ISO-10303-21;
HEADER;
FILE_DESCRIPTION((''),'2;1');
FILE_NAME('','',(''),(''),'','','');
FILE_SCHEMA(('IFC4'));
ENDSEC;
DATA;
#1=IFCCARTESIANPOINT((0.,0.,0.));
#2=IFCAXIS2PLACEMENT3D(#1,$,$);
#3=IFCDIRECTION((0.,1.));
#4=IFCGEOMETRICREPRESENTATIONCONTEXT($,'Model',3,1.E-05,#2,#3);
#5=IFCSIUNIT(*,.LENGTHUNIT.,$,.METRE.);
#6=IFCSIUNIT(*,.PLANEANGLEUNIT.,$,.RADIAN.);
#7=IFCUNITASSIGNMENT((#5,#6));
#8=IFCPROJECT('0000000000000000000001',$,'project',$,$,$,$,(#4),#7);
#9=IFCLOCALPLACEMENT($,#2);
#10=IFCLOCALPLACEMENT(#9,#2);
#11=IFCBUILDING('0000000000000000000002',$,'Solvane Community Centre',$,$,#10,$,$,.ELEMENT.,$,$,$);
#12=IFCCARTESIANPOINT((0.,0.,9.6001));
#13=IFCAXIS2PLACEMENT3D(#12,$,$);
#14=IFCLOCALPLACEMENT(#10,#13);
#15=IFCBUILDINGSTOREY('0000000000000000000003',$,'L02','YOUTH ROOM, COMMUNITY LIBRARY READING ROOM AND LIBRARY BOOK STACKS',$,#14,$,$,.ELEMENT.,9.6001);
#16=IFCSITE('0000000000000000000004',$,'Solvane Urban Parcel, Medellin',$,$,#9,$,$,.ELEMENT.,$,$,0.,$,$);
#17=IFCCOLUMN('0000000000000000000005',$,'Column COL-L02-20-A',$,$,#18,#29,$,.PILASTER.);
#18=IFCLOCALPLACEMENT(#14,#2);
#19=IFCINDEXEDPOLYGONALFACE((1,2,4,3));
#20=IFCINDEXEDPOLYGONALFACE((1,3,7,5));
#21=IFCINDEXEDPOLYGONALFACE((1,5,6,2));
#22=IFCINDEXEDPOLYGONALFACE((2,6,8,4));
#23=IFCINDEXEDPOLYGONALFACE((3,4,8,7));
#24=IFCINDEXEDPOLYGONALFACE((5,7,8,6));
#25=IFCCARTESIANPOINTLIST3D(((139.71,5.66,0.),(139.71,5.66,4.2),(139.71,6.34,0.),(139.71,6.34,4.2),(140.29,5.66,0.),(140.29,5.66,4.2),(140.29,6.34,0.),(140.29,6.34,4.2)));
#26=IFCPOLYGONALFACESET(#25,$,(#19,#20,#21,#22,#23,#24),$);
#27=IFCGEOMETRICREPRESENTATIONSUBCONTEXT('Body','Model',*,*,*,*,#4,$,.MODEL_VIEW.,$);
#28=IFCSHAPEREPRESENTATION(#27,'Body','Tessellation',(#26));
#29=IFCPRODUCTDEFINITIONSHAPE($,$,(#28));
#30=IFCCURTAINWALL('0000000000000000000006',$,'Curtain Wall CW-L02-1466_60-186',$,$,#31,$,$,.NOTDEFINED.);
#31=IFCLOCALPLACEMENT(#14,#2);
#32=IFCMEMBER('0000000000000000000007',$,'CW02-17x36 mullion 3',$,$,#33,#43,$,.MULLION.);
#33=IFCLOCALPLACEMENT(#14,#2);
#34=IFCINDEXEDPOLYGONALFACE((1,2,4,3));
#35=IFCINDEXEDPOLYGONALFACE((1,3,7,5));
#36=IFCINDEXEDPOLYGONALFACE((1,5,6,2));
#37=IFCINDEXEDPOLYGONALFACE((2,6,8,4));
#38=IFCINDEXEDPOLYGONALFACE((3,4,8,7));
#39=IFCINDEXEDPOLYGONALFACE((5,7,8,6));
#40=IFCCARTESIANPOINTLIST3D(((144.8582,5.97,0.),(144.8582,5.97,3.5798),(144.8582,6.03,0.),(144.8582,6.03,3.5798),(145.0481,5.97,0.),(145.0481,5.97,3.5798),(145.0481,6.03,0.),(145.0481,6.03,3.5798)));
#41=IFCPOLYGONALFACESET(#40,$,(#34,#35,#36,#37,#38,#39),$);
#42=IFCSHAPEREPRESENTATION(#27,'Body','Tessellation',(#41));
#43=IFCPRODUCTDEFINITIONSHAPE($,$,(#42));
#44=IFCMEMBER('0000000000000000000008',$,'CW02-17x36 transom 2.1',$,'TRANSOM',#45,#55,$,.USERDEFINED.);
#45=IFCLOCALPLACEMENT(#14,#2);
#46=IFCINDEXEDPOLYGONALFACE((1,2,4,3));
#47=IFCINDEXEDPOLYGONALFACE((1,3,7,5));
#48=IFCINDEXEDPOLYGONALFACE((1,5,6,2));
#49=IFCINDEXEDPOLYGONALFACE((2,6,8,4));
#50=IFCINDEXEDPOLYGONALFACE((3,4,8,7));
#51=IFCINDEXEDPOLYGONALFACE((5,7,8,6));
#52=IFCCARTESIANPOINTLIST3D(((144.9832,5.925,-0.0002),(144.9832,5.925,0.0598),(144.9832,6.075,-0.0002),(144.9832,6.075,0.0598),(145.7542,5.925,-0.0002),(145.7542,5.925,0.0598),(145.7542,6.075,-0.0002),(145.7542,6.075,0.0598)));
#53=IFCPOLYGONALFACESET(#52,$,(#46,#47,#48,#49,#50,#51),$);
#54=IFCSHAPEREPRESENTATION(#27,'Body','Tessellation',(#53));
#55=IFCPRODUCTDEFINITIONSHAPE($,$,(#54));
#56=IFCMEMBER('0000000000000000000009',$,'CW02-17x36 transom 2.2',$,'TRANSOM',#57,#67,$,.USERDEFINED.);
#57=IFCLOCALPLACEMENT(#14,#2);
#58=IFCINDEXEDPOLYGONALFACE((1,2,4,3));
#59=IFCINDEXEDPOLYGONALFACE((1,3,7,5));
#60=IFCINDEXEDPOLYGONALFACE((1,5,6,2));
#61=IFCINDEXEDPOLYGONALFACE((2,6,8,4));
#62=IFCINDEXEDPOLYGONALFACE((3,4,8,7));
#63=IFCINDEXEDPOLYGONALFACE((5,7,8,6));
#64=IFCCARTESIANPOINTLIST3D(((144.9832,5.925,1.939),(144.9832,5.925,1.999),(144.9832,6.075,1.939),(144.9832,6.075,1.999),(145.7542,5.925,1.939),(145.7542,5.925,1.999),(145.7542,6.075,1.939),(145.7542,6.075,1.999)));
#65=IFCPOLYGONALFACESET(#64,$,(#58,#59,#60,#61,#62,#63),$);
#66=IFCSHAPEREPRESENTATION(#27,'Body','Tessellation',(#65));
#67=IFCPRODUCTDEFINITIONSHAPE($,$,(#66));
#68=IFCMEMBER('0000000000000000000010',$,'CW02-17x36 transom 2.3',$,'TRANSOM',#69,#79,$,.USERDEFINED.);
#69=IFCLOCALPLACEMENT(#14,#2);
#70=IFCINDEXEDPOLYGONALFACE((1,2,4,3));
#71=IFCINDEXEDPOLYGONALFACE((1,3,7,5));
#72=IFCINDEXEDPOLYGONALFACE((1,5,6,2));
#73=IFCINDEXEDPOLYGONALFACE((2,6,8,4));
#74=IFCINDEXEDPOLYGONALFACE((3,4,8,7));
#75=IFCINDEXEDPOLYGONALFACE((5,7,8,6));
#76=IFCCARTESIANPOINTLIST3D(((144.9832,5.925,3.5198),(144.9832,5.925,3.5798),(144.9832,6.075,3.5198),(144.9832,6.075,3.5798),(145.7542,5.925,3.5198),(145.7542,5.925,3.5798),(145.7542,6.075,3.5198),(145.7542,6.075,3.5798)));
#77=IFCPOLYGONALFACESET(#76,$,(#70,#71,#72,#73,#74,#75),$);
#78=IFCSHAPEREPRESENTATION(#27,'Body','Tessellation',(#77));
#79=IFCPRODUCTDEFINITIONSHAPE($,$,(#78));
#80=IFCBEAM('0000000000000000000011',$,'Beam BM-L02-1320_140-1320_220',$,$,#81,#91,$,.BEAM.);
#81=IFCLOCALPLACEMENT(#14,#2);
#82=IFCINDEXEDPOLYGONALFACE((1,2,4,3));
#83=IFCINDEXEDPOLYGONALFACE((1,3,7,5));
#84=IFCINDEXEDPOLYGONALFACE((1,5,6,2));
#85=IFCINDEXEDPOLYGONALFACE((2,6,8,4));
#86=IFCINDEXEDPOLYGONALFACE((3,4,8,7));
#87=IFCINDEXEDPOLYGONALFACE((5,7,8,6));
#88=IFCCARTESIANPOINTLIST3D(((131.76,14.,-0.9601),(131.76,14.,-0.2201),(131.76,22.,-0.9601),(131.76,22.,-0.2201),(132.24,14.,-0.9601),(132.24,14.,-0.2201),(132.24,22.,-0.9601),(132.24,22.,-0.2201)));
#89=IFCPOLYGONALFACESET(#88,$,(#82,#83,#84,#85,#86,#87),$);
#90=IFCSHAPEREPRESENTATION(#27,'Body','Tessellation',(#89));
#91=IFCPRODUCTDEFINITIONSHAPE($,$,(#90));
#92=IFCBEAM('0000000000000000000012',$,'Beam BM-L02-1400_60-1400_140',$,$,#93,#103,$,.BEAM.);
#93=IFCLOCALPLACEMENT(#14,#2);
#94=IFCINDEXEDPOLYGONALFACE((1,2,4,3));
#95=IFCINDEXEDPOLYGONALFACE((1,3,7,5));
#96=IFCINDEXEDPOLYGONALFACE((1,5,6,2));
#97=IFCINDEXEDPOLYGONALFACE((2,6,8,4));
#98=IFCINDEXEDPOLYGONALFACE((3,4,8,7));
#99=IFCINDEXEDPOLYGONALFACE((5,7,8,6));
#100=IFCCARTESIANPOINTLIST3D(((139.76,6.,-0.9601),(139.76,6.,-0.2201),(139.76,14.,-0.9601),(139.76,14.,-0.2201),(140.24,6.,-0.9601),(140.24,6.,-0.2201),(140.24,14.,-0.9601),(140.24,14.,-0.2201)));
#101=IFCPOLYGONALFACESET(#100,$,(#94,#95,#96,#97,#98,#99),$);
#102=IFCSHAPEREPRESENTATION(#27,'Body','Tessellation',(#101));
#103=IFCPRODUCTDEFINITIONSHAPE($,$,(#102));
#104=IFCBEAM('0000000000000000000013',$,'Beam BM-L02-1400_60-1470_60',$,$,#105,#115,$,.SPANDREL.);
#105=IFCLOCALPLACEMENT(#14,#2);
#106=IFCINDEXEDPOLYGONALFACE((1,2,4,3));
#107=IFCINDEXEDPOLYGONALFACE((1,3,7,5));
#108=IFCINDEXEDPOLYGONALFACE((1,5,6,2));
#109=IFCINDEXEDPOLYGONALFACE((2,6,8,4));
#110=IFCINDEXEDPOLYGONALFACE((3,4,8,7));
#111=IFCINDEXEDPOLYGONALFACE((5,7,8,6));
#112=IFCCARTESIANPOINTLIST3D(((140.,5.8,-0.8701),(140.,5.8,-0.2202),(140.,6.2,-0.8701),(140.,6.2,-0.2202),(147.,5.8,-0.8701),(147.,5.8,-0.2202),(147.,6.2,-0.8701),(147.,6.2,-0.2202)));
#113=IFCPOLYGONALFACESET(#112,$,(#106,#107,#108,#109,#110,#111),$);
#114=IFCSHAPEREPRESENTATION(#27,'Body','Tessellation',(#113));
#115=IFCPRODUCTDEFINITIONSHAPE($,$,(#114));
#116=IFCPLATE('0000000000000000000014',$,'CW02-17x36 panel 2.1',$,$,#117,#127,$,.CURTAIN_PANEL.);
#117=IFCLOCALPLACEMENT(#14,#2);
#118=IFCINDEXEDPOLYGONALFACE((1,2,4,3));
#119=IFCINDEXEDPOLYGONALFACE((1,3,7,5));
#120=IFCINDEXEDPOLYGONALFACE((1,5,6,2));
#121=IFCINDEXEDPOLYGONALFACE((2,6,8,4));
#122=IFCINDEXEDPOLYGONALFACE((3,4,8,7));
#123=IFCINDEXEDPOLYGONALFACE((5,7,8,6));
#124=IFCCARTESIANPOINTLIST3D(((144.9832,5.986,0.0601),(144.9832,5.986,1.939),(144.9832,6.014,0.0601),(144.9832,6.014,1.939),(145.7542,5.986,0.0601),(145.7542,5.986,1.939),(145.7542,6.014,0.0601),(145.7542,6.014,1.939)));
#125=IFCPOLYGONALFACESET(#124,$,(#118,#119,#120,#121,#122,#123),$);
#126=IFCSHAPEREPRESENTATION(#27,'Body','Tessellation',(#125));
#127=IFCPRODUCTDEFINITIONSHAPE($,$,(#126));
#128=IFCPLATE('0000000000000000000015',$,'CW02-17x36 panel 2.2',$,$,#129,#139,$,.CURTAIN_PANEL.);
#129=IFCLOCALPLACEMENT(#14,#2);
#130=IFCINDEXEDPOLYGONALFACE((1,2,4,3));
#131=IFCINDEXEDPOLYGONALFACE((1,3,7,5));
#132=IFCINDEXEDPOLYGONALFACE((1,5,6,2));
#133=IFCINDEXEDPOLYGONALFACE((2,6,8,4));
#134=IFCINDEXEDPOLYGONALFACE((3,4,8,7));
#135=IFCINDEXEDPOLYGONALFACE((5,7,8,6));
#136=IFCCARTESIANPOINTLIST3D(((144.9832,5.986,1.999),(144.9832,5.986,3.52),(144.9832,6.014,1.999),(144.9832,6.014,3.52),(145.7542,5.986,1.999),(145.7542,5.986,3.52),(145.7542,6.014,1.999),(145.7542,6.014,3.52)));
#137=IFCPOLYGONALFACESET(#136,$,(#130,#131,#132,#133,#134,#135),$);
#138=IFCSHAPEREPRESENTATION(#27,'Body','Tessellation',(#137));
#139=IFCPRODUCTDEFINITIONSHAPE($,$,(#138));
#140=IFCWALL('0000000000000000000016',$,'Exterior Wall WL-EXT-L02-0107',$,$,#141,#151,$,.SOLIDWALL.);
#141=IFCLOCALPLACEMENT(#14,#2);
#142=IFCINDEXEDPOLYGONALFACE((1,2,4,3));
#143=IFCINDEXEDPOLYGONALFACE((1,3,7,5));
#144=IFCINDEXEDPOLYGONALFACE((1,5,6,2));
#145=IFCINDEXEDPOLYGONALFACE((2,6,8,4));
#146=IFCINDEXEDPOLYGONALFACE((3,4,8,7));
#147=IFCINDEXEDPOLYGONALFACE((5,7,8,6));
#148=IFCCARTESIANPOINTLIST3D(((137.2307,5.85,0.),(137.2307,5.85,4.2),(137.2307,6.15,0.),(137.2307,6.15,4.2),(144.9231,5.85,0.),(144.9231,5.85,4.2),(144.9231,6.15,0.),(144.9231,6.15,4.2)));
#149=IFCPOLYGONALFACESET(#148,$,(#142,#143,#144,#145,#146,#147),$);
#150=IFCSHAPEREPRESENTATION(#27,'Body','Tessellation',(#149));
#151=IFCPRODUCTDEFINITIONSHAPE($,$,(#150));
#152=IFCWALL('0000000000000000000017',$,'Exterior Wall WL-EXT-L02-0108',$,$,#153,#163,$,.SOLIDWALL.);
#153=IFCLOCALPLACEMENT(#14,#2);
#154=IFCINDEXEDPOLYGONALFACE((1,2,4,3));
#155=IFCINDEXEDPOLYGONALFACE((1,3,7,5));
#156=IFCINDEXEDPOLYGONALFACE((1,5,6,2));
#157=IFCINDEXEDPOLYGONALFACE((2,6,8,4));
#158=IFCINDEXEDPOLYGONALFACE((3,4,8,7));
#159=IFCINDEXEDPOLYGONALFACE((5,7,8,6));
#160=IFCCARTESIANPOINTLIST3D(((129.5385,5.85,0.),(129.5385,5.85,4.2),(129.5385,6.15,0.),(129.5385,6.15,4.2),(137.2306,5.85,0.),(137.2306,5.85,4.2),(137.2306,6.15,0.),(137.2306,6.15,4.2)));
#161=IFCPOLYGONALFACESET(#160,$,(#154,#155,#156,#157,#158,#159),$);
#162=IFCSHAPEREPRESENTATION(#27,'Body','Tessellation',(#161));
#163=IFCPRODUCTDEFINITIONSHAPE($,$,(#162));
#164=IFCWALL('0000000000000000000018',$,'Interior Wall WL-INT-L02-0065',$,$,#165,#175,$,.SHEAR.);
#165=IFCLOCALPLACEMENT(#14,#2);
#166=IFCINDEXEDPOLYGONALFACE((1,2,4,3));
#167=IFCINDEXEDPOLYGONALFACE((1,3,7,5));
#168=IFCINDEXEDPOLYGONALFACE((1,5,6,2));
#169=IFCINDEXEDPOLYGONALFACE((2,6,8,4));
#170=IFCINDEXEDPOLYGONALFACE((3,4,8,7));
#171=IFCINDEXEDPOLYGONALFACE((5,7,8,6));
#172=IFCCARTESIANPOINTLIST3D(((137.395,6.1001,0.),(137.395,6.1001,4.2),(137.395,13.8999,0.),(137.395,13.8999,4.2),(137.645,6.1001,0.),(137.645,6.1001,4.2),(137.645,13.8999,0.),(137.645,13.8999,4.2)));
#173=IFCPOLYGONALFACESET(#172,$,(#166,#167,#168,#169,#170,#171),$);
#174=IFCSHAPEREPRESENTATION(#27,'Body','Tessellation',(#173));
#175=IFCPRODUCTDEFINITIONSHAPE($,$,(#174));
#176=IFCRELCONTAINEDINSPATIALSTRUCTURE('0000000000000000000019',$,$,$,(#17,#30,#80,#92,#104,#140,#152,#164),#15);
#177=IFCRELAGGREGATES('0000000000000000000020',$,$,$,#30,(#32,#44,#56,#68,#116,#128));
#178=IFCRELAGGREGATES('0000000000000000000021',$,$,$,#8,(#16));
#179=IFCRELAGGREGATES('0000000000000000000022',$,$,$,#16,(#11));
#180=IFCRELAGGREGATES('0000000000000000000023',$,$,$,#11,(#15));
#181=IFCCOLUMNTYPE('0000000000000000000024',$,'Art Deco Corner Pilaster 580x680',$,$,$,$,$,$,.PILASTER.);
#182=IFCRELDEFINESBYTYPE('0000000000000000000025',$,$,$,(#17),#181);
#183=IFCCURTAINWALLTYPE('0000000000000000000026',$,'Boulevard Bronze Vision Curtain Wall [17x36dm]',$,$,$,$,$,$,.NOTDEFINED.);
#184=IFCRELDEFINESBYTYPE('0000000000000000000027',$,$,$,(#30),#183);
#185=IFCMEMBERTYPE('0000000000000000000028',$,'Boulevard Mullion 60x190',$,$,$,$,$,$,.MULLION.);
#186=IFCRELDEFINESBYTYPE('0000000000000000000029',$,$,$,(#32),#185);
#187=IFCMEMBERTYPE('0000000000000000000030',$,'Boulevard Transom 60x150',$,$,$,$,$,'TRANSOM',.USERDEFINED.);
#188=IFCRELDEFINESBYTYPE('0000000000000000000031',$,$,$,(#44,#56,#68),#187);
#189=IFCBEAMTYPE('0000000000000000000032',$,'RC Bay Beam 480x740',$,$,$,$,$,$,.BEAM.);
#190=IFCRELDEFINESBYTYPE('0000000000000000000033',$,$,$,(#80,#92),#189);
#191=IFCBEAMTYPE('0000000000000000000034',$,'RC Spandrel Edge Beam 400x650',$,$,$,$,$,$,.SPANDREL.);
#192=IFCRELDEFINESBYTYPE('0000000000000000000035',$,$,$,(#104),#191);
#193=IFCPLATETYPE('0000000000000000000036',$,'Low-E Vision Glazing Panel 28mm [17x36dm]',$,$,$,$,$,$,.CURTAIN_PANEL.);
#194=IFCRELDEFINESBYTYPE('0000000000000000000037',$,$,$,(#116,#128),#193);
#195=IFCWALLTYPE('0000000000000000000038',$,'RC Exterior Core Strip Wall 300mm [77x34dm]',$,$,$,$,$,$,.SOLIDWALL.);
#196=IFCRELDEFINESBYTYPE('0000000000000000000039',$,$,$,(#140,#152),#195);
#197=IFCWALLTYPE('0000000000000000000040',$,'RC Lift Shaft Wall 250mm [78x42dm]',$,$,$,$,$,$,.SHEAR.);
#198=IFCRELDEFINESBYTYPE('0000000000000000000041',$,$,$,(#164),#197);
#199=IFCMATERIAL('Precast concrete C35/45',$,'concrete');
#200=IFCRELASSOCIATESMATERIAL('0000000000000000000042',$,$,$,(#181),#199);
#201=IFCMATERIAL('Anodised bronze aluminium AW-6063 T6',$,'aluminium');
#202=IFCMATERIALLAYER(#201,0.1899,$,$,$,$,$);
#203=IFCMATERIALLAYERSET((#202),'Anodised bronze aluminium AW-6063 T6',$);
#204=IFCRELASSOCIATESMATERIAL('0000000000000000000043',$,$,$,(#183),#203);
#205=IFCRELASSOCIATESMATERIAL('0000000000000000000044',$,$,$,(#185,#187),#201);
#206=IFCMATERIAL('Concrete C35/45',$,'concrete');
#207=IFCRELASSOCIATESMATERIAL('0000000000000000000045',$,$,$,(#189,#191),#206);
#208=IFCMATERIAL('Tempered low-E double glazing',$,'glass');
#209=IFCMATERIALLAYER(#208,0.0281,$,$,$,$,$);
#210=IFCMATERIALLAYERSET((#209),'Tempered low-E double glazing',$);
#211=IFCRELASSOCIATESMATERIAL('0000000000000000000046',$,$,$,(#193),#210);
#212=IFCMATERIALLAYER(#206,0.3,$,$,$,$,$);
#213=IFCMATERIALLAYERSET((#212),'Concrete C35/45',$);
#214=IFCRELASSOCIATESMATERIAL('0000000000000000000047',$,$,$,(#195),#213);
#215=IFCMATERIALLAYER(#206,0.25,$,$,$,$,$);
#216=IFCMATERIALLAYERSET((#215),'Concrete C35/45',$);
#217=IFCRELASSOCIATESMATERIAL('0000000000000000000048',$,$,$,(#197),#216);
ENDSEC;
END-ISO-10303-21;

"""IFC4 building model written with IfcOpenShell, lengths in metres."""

from ifc_helpers import new_model, si_unit, direction, frame, frame_2d, origin, origin_2d, place, context, subcontext, project, spatial, rectangle, extrude, material, layer, layer_set, material_profile, profile_set, type_object, element, aggregate, save


model = new_model("IFC4")

# Units and contexts
model_context = context("Model", 3, precision=1e-05, world=origin(), true_north=direction((0.0, 1.0)))
body_context = subcontext(model_context, "Body", "Model", "MODEL_VIEW")
ifc_project = project(units=[si_unit("LENGTHUNIT", "METRE"), si_unit("PLANEANGLEUNIT", "RADIAN")], contexts=[model_context])

# Site, building, storey
site_placement = place(None, origin())
site = spatial("IfcSite", under=ifc_project, at=site_placement, Name="Solvane Urban Parcel, Medellin", CompositionType="ELEMENT", RefElevation=0.0)
building_placement = place(site_placement, origin())
building = spatial("IfcBuilding", under=site, at=building_placement, Name="Solvane Community Centre", CompositionType="ELEMENT")
storey_placement = place(building_placement, frame((0.0, 0.0, 9.6001)))
storey = spatial("IfcBuildingStorey", under=building, at=storey_placement, Name="L02", Description="YOUTH ROOM, COMMUNITY LIBRARY READING ROOM AND LIBRARY BOOK STACKS", CompositionType="ELEMENT", Elevation=9.6001)

# Column
ifc_material_1 = material(Name="Precast concrete C35/45", Category="concrete")
ifc_material_profile_1 = material_profile(ifc_material_1, rectangle(XDim=0.5801, YDim=0.6799, at=origin_2d()), Name="RC 580x680")
ifc_profile_set_1 = profile_set([ifc_material_profile_1], Name="Precast concrete C35/45")
column_type = type_object("IfcColumnType", Name="Art Deco Corner Pilaster 580x680", PredefinedType="PILASTER", material=ifc_profile_set_1)
column_placement = place(storey_placement, frame((140.0, 6.0, 0.0), z_axis=(0.0, 0.0, 1.0), x_axis=(1.0, 0.0, 0.0)))
element("IfcColumn", 1, at=column_placement, inside=storey, type_object=column_type, Name="Column COL-L02-20-A", PredefinedType="PILASTER", context=body_context, shape_type="SweptSolid", body=[
    extrude(rectangle(XDim=0.5801, YDim=0.6799, at=origin_2d()), origin(), (0.0, 0.0, 1.0), 4.2),
])

# Curtain wall, members
ifc_material_2 = material(Name="Anodised bronze aluminium AW-6063 T6", Category="aluminium")
ifc_layer_1 = layer(ifc_material_2, 0.1899)
ifc_layer_set_1 = layer_set([ifc_layer_1], Name="Anodised bronze aluminium AW-6063 T6")
curtain_wall_type = type_object("IfcCurtainWallType", Name="Boulevard Bronze Vision Curtain Wall [17x36dm]", PredefinedType="NOTDEFINED", material=ifc_layer_set_1)
curtain_wall_placement = place(storey_placement, origin())
curtain_wall = element("IfcCurtainWall", 2, at=curtain_wall_placement, inside=storey, type_object=curtain_wall_type, Name="Curtain Wall CW-L02-1466_60-186", PredefinedType="NOTDEFINED")
ifc_material_profile_2 = material_profile(ifc_material_2, rectangle(XDim=0.0601, YDim=0.1899, at=origin_2d()), Name="CW-M 60x190")
ifc_profile_set_2 = profile_set([ifc_material_profile_2], Name="Anodised bronze aluminium AW-6063 T6")
member_type_1 = type_object("IfcMemberType", Name="Boulevard Mullion 60x190", PredefinedType="MULLION", material=ifc_profile_set_2)
member_1_placement = place(storey_placement, frame((144.9531, 6.0, 0.0), z_axis=(0.0, 0.0, 1.0), x_axis=(0.0, -1.0, 0.0)))
member_1 = element("IfcMember", 3, at=member_1_placement, type_object=member_type_1, Name="CW02-17x36 mullion 3", PredefinedType="MULLION", context=body_context, shape_type="SweptSolid", body=[
    extrude(rectangle(XDim=0.0601, YDim=0.1899, at=origin_2d()), origin(), (0.0, 0.0, 1.0), 3.5798),
])
ifc_material_profile_3 = material_profile(ifc_material_2, rectangle(XDim=0.1499, YDim=0.0601, at=origin_2d()), Name="CW-T 60x150")
ifc_profile_set_3 = profile_set([ifc_material_profile_3], Name="Anodised bronze aluminium AW-6063 T6")
member_type_2 = type_object("IfcMemberType", Name="Boulevard Transom 60x150", ElementType="TRANSOM", PredefinedType="USERDEFINED", material=ifc_profile_set_3)
member_2_placement = place(storey_placement, frame((145.7542, 6.0, 0.0298), z_axis=(-1.0, 0.0, 0.0), x_axis=(0.0, -1.0, 0.0)))
member_2 = element("IfcMember", 4, at=member_2_placement, type_object=member_type_2, Name="CW02-17x36 transom 2.1", ObjectType="TRANSOM", PredefinedType="USERDEFINED", context=body_context, shape_type="SweptSolid", body=[
    extrude(rectangle(XDim=0.1499, YDim=0.0601, at=origin_2d()), origin(), (0.0, 0.0, 1.0), 0.771),
])
member_3_placement = place(storey_placement, frame((145.7542, 6.0, 1.969), z_axis=(-1.0, 0.0, 0.0), x_axis=(0.0, -1.0, 0.0)))
member_3 = element("IfcMember", 5, at=member_3_placement, type_object=member_type_2, Name="CW02-17x36 transom 2.2", ObjectType="TRANSOM", PredefinedType="USERDEFINED", context=body_context, shape_type="SweptSolid", body=[
    extrude(rectangle(XDim=0.1499, YDim=0.0601, at=origin_2d()), origin(), (0.0, 0.0, 1.0), 0.771),
])
member_4_placement = place(storey_placement, frame((145.7542, 6.0, 3.5498), z_axis=(-1.0, 0.0, 0.0), x_axis=(0.0, -1.0, 0.0)))
member_4 = element("IfcMember", 6, at=member_4_placement, type_object=member_type_2, Name="CW02-17x36 transom 2.3", ObjectType="TRANSOM", PredefinedType="USERDEFINED", context=body_context, shape_type="SweptSolid", body=[
    extrude(rectangle(XDim=0.1499, YDim=0.0601, at=origin_2d()), origin(), (0.0, 0.0, 1.0), 0.771),
])

# Beams
ifc_material_3 = material(Name="Concrete C35/45", Category="concrete")
ifc_material_profile_4 = material_profile(ifc_material_3, rectangle(XDim=0.48, YDim=0.74, at=origin_2d()), Name="RC 480x740")
ifc_profile_set_4 = profile_set([ifc_material_profile_4], Name="Concrete C35/45")
beam_type_1 = type_object("IfcBeamType", Name="RC Bay Beam 480x740", PredefinedType="BEAM", material=ifc_profile_set_4)
for number, where, z_axis, x_axis, name in (
    (7, (132.0, 14.0, -0.5901), (0.0, 1.0, 0.0), (-1.0, 0.0, 0.0), "Beam BM-L02-1320_140-1320_220"),
    (8, (140.0, 6.0, -0.5901), (0.0, 1.0, 0.0), (-1.0, 0.0, 0.0), "Beam BM-L02-1400_60-1400_140"),
):
    element("IfcBeam", number, at=place(storey_placement, frame(where, z_axis=z_axis, x_axis=x_axis)), inside=storey, type_object=beam_type_1, Name=name, PredefinedType="BEAM", context=body_context, shape_type="SweptSolid", body=[
        extrude(rectangle(XDim=0.48, YDim=0.74, at=origin_2d()), origin(), (0.0, 0.0, 1.0), 8.0),
    ])
ifc_material_profile_5 = material_profile(ifc_material_3, rectangle(XDim=0.3999, YDim=0.6499, at=origin_2d()), Name="RC 400x650")
ifc_profile_set_5 = profile_set([ifc_material_profile_5], Name="Concrete C35/45")
beam_type_2 = type_object("IfcBeamType", Name="RC Spandrel Edge Beam 400x650", PredefinedType="SPANDREL", material=ifc_profile_set_5)
beam_placement = place(storey_placement, frame((140.0, 6.0, -0.5452), z_axis=(1.0, 0.0, 0.0), x_axis=(0.0, 1.0, 0.0)))
element("IfcBeam", 9, at=beam_placement, inside=storey, type_object=beam_type_2, Name="Beam BM-L02-1400_60-1470_60", PredefinedType="SPANDREL", context=body_context, shape_type="SweptSolid", body=[
    extrude(rectangle(XDim=0.3999, YDim=0.6499, at=origin_2d()), origin(), (0.0, 0.0, 1.0), 7.0),
])

# Plates
ifc_material_4 = material(Name="Tempered low-E double glazing", Category="glass")
ifc_layer_2 = layer(ifc_material_4, 0.0281)
ifc_layer_set_2 = layer_set([ifc_layer_2], Name="Tempered low-E double glazing")
plate_type = type_object("IfcPlateType", Name="Low-E Vision Glazing Panel 28mm [17x36dm]", PredefinedType="CURTAIN_PANEL", material=ifc_layer_set_2)
plate_1_placement = place(storey_placement, frame((145.3687, 6.0, 0.0601), z_axis=(0.0, 0.0, 1.0), x_axis=(-1.0, 0.0, 0.0)))
plate_1 = element("IfcPlate", 10, at=plate_1_placement, type_object=plate_type, Name="CW02-17x36 panel 2.1", PredefinedType="CURTAIN_PANEL", context=body_context, shape_type="SweptSolid", body=[
    extrude(rectangle(XDim=0.771, YDim=0.0281, at=origin_2d()), origin(), (0.0, 0.0, 1.0), 1.8789),
])
plate_2_placement = place(storey_placement, frame((145.3687, 6.0, 1.999), z_axis=(0.0, 0.0, 1.0), x_axis=(-1.0, 0.0, 0.0)))
plate_2 = element("IfcPlate", 11, at=plate_2_placement, type_object=plate_type, Name="CW02-17x36 panel 2.2", PredefinedType="CURTAIN_PANEL", context=body_context, shape_type="SweptSolid", body=[
    extrude(rectangle(XDim=0.771, YDim=0.0281, at=origin_2d()), origin(), (0.0, 0.0, 1.0), 1.521),
])
aggregate(curtain_wall, [member_1, member_2, member_3, member_4, plate_1, plate_2])

# Walls
ifc_layer_3 = layer(ifc_material_3, 0.3)
ifc_layer_set_3 = layer_set([ifc_layer_3], Name="Concrete C35/45")
wall_type_1 = type_object("IfcWallType", Name="RC Exterior Core Strip Wall 300mm [77x34dm]", PredefinedType="SOLIDWALL", material=ifc_layer_set_3)
wall_1_placement = place(storey_placement, frame((144.9231, 6.0, 0.0), z_axis=(0.0, 0.0, 1.0), x_axis=(-1.0, 0.0, 0.0)))
element("IfcWall", 12, at=wall_1_placement, inside=storey, type_object=wall_type_1, Name="Exterior Wall WL-EXT-L02-0107", PredefinedType="SOLIDWALL", context=body_context, shape_type="SweptSolid", body=[
    extrude(rectangle(XDim=7.6924, YDim=0.3, at=frame_2d((3.8462, 0.0))), origin(), (0.0, 0.0, 1.0), 4.2),
])
wall_2_placement = place(storey_placement, frame((137.2307, 6.0, 0.0), z_axis=(0.0, 0.0, 1.0), x_axis=(-1.0, 0.0, 0.0)))
element("IfcWall", 13, at=wall_2_placement, inside=storey, type_object=wall_type_1, Name="Exterior Wall WL-EXT-L02-0108", PredefinedType="SOLIDWALL", context=body_context, shape_type="SweptSolid", body=[
    extrude(rectangle(XDim=7.6921, YDim=0.3, at=frame_2d((3.8462, 0.0))), origin(), (0.0, 0.0, 1.0), 4.2),
])
ifc_layer_4 = layer(ifc_material_3, 0.25)
ifc_layer_set_4 = layer_set([ifc_layer_4], Name="Concrete C35/45")
wall_type_2 = type_object("IfcWallType", Name="RC Lift Shaft Wall 250mm [78x42dm]", PredefinedType="SHEAR", material=ifc_layer_set_4)
wall_3_placement = place(storey_placement, frame((137.52, 6.1001, 0.0), z_axis=(0.0, 0.0, 1.0), x_axis=(0.0, 1.0, 0.0)))
element("IfcWall", 14, at=wall_3_placement, inside=storey, type_object=wall_type_2, Name="Interior Wall WL-INT-L02-0065", PredefinedType="SHEAR", context=body_context, shape_type="SweptSolid", body=[
    extrude(rectangle(XDim=7.7998, YDim=0.25, at=frame_2d((3.8999, 0.0))), origin(), (0.0, 0.0, 1.0), 4.2),
])

save(model, "model.ifc")
